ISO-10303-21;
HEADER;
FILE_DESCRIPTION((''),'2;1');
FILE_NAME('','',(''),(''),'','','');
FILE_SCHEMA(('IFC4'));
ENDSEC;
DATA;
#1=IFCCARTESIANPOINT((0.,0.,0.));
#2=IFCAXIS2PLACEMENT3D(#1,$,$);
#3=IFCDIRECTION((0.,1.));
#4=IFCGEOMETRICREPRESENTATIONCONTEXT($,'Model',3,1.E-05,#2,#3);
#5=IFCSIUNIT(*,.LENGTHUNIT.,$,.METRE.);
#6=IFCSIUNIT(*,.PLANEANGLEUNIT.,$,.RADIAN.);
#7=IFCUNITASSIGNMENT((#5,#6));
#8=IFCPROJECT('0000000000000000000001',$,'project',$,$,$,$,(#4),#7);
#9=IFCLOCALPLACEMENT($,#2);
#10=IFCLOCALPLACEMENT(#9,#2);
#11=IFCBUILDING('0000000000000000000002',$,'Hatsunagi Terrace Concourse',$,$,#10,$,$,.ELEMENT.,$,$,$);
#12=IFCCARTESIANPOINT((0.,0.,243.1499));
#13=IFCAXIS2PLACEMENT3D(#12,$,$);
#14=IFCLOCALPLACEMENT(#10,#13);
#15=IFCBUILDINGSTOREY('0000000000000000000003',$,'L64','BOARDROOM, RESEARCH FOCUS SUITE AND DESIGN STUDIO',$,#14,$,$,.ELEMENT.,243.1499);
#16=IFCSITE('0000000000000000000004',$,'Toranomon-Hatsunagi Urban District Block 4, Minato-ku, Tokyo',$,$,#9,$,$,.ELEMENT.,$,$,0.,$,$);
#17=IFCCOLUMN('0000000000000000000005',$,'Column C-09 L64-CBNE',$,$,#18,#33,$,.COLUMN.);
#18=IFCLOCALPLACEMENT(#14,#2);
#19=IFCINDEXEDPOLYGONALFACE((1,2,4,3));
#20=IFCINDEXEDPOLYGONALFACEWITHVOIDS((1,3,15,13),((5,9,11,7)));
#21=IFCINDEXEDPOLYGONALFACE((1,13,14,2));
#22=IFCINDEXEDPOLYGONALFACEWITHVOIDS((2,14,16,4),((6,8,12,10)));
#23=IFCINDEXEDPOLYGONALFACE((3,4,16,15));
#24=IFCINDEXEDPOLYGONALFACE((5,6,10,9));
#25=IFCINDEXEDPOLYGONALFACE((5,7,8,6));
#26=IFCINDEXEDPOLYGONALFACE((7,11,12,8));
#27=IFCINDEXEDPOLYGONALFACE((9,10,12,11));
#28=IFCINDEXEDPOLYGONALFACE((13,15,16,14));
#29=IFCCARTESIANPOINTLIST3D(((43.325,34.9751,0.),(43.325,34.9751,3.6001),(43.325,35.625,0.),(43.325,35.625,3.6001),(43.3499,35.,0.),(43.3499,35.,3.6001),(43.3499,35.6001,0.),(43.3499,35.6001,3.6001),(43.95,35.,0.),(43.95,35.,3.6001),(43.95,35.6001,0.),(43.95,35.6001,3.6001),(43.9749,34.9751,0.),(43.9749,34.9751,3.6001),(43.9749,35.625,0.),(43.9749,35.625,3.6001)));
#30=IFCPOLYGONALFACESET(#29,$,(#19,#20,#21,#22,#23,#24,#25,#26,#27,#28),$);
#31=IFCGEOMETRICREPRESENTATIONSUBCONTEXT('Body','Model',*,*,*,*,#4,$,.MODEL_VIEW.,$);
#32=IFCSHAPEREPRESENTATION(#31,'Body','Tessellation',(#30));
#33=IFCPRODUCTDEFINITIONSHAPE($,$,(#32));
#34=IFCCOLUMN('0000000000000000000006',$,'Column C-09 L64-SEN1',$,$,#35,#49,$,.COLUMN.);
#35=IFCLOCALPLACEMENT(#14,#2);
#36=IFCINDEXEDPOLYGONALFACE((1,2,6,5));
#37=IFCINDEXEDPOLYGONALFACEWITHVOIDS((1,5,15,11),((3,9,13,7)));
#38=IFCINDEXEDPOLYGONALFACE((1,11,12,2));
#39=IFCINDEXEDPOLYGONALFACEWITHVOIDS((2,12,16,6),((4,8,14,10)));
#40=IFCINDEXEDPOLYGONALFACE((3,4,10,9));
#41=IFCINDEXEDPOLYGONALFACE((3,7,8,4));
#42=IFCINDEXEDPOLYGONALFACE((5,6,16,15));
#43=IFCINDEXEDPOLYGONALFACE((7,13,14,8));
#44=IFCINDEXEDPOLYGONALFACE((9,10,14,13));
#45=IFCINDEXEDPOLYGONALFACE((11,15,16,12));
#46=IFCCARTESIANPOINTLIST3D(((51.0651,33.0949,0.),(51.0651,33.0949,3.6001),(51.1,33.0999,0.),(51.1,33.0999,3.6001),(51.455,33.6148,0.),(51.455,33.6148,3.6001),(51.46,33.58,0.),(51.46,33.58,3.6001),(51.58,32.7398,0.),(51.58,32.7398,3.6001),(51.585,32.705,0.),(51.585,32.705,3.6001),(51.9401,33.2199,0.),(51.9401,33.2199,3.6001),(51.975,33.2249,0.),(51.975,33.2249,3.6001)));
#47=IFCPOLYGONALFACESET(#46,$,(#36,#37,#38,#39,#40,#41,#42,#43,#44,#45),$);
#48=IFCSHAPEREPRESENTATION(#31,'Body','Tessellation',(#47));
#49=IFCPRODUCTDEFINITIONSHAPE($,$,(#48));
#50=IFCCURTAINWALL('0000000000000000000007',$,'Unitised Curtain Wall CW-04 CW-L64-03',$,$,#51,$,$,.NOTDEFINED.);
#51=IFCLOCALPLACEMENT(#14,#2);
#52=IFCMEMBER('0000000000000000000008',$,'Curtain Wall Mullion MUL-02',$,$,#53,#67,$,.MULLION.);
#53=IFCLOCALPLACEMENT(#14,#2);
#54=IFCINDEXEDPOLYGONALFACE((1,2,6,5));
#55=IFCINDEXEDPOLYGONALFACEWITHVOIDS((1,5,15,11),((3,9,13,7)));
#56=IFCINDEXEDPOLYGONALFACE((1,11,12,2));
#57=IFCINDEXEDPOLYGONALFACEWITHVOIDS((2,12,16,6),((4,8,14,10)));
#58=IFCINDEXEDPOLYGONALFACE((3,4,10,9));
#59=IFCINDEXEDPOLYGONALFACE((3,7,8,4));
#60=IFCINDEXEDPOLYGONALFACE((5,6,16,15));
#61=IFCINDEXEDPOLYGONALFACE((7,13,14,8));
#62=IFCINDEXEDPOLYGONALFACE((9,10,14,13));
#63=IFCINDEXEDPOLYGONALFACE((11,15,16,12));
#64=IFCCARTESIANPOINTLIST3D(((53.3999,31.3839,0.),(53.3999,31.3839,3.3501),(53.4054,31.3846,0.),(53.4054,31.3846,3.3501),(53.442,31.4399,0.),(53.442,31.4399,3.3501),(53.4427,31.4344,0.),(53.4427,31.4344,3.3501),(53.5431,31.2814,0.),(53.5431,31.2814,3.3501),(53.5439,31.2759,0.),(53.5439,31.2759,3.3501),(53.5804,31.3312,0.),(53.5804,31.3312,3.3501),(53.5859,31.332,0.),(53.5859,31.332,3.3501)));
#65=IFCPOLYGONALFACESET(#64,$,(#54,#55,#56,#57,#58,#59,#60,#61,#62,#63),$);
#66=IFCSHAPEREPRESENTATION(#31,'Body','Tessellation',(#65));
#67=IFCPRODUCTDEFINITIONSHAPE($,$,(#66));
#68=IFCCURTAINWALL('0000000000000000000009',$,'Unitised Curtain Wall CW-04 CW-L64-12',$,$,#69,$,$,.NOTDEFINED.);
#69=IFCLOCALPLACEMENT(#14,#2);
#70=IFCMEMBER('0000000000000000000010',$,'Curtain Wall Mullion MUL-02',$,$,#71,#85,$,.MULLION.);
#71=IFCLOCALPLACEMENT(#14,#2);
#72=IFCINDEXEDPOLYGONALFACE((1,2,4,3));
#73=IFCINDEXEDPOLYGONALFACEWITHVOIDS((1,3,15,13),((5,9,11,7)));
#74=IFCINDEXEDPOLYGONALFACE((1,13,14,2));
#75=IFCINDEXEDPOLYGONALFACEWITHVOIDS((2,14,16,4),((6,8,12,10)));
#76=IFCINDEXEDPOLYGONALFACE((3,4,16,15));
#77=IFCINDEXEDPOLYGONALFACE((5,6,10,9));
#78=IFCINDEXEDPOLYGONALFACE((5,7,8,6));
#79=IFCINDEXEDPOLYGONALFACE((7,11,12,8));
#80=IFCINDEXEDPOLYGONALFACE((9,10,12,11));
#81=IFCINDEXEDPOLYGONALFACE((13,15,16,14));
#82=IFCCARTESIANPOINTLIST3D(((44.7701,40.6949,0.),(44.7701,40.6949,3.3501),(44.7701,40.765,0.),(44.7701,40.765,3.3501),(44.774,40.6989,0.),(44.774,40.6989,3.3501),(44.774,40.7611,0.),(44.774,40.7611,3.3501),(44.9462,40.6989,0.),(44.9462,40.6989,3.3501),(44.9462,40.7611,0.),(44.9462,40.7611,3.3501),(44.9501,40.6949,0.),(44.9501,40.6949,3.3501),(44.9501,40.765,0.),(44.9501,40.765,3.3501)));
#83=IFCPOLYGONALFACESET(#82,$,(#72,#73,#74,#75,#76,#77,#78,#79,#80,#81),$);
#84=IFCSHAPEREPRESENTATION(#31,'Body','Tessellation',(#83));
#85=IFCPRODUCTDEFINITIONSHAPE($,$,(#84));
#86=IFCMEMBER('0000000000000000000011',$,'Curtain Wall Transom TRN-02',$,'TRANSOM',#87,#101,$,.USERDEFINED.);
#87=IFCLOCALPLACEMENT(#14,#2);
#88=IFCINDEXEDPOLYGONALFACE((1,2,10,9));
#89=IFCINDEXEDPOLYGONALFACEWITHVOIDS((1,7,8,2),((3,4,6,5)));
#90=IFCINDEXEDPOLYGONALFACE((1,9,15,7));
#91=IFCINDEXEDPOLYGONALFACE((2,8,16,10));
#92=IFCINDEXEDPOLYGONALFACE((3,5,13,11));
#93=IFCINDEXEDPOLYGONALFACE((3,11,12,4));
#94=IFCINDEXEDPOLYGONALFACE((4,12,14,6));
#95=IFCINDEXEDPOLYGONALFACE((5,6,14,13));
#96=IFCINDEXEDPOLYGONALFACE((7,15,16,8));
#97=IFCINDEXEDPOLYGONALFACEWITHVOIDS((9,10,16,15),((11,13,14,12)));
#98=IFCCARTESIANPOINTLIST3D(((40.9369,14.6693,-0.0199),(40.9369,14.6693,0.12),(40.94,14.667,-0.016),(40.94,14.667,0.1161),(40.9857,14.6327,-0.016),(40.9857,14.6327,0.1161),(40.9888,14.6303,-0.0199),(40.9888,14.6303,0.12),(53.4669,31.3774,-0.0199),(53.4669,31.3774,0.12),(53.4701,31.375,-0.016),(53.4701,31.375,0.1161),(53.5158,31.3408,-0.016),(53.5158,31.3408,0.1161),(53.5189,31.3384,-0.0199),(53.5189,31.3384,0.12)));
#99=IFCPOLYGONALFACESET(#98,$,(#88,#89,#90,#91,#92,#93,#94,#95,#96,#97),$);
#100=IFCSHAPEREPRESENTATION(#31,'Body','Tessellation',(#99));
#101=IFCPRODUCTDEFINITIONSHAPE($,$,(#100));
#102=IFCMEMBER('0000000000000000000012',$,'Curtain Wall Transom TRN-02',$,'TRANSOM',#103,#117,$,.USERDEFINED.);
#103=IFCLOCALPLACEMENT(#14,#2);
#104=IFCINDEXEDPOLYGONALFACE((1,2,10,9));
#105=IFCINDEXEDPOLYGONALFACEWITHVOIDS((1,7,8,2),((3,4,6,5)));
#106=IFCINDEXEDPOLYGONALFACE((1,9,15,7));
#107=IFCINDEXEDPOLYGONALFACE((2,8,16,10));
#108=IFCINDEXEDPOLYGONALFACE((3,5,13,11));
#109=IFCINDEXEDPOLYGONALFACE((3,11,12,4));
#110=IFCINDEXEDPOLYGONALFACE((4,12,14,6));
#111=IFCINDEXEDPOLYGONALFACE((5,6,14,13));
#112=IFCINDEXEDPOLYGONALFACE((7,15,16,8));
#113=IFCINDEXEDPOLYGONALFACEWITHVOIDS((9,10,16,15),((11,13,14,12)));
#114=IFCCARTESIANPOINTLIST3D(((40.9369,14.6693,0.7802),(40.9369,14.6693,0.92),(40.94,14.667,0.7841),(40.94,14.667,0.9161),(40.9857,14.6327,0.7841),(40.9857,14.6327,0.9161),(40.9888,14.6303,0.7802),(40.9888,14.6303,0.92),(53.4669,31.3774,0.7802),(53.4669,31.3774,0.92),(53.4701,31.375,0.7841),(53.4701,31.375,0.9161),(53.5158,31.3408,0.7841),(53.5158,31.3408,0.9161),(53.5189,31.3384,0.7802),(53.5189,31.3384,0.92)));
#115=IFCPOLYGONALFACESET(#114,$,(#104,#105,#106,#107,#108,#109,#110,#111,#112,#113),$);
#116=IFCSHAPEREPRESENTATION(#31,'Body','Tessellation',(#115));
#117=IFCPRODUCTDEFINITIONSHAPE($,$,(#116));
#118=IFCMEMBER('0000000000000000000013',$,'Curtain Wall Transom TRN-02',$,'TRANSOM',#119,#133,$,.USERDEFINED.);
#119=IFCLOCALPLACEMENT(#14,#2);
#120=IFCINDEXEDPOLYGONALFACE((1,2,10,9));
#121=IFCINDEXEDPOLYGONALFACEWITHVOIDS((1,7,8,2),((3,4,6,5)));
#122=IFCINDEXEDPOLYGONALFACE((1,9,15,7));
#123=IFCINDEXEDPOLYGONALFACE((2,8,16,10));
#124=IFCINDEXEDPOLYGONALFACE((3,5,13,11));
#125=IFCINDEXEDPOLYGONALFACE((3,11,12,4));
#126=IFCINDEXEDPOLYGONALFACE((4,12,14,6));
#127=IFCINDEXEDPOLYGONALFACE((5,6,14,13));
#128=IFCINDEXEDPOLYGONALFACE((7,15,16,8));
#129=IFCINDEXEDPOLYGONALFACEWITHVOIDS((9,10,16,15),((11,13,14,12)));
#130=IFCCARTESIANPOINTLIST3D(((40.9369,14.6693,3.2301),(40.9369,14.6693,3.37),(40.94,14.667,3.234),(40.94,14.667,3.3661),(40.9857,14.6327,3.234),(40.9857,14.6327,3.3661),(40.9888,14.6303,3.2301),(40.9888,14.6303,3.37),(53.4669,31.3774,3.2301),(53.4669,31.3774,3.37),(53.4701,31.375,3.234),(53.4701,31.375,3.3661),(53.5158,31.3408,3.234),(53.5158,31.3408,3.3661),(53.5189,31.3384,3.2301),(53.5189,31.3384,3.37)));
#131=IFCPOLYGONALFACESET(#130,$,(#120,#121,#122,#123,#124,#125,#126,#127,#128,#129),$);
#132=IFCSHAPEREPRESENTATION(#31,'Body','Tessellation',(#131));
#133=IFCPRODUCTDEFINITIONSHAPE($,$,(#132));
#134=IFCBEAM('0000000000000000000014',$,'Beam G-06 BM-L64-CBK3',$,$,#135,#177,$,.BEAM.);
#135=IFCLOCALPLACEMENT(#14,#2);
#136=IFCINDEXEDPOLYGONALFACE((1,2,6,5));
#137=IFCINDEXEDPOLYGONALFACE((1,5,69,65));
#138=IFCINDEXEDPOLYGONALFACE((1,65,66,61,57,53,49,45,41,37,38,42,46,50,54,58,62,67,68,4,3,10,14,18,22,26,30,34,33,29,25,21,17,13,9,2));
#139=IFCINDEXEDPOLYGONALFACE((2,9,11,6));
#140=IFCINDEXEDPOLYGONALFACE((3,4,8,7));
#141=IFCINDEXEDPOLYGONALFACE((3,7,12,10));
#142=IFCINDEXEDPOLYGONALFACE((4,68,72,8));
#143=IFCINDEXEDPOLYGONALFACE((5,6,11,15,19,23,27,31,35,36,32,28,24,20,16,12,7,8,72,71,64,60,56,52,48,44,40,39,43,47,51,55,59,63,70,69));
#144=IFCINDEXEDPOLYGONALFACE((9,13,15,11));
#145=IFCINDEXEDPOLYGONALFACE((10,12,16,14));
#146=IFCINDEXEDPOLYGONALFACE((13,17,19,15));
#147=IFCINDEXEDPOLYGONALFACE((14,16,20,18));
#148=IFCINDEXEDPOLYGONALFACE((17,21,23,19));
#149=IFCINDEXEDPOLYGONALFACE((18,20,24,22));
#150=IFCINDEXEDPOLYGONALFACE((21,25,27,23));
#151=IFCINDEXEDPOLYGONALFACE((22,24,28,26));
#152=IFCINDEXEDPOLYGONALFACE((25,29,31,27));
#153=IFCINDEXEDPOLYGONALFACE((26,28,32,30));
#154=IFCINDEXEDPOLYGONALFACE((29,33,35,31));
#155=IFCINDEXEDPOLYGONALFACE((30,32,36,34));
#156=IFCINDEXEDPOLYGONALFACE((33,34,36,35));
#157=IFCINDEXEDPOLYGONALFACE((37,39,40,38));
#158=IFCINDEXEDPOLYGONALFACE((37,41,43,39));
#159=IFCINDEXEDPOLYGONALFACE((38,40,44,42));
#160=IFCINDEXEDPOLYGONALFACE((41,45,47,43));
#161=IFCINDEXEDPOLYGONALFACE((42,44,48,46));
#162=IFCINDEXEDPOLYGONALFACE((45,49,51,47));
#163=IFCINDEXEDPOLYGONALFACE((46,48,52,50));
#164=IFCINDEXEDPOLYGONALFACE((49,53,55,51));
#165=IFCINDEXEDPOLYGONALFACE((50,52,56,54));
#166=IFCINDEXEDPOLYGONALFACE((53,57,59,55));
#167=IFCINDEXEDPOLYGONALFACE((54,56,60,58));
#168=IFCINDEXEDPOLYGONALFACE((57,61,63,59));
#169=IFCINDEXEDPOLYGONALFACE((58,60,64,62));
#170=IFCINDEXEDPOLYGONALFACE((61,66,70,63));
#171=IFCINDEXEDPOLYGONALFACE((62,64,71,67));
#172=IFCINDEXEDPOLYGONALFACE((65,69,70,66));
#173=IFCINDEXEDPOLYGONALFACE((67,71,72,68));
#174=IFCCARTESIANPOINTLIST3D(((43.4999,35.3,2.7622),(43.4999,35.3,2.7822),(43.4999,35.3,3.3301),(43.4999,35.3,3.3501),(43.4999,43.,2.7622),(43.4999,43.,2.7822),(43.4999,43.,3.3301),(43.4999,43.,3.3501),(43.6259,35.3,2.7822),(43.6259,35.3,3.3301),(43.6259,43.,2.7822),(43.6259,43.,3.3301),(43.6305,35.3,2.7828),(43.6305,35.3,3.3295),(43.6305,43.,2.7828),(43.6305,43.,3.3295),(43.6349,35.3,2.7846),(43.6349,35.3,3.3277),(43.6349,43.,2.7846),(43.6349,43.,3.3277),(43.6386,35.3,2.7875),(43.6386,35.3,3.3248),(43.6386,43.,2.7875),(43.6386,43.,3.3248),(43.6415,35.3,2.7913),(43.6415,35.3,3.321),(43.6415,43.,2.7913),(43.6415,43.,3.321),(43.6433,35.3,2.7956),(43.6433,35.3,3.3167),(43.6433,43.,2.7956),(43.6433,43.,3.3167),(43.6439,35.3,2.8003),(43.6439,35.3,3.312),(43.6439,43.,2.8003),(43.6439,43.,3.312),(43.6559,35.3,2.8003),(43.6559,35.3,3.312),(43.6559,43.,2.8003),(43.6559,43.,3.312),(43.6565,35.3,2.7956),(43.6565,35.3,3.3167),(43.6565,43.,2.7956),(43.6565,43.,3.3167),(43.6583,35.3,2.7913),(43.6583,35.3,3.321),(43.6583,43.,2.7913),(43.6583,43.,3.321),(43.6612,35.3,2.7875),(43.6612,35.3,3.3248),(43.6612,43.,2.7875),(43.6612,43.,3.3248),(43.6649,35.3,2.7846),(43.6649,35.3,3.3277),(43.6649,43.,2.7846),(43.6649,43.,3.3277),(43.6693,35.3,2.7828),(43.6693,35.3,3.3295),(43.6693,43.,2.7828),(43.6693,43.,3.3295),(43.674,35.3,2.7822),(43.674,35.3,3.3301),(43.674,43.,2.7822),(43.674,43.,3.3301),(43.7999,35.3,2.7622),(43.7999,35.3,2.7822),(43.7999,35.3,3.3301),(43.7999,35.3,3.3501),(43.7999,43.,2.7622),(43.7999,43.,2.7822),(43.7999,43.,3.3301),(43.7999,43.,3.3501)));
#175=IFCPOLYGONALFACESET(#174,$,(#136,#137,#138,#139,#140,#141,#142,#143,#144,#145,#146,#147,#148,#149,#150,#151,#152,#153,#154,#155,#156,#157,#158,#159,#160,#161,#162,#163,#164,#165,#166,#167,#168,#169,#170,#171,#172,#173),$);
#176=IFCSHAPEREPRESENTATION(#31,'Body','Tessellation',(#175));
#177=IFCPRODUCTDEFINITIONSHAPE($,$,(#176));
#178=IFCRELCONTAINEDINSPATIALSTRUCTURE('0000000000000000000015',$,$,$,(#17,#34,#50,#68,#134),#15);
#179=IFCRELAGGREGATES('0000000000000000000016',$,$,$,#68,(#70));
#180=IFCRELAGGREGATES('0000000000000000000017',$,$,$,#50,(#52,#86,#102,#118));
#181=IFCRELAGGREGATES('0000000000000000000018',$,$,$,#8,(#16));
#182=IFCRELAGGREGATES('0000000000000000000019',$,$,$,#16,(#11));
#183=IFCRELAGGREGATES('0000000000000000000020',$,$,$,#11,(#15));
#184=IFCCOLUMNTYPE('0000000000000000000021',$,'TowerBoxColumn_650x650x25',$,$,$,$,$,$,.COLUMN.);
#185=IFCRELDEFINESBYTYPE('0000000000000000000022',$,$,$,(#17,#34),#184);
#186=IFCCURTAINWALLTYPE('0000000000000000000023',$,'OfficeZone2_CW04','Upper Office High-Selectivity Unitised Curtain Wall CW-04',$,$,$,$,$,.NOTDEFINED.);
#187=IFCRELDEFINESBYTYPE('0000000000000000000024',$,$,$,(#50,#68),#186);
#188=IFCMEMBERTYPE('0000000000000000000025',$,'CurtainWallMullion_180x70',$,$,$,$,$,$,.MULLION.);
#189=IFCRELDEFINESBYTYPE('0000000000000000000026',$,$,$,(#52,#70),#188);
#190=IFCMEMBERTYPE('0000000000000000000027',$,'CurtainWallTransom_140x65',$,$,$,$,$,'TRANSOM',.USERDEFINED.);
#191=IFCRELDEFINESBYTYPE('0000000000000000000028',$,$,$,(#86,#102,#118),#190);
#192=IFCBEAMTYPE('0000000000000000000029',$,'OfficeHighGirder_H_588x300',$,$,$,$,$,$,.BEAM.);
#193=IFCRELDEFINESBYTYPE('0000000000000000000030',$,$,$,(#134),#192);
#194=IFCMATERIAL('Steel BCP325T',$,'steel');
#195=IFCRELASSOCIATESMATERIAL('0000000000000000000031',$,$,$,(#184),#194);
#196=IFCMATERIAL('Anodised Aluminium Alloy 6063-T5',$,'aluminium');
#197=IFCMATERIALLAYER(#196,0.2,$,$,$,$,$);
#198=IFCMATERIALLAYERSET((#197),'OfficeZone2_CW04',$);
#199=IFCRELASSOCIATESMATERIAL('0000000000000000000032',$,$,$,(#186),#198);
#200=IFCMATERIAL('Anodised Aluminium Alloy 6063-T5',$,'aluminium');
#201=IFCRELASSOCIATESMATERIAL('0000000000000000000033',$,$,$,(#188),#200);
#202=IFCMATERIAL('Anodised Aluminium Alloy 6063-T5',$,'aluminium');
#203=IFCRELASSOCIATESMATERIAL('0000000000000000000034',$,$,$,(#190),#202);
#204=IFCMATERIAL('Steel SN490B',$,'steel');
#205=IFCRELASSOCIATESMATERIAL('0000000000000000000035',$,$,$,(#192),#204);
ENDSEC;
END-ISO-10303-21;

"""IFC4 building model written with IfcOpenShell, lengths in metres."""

from ifc_helpers import new_model, si_unit, direction, frame, origin, origin_2d, place, context, subcontext, project, spatial, hollow_rectangle, i_section, extrude, material, layer, layer_set, material_profile, profile_set, type_object, element, aggregate, save


model = new_model("IFC4")

# Units and contexts
model_context = context("Model", 3, precision=1e-05, world=origin(), true_north=direction((0.0, 1.0)))
body_context = subcontext(model_context, "Body", "Model", "MODEL_VIEW")
ifc_project = project(units=[si_unit("LENGTHUNIT", "METRE"), si_unit("PLANEANGLEUNIT", "RADIAN")], contexts=[model_context])

# Site, building, storey
site_placement = place(None, origin())
site = spatial("IfcSite", under=ifc_project, at=site_placement, Name="Toranomon-Hatsunagi Urban District Block 4, Minato-ku, Tokyo", CompositionType="ELEMENT", RefElevation=0.0)
building_placement = place(site_placement, origin())
building = spatial("IfcBuilding", under=site, at=building_placement, Name="Hatsunagi Terrace Concourse", CompositionType="ELEMENT")
storey_placement = place(building_placement, frame((0.0, 0.0, 243.1499)))
storey = spatial("IfcBuildingStorey", under=building, at=storey_placement, Name="L64", Description="BOARDROOM, RESEARCH FOCUS SUITE AND DESIGN STUDIO", CompositionType="ELEMENT", Elevation=243.1499)

# Columns
ifc_material_1 = material(Name="Steel BCP325T", Category="steel")
ifc_material_profile_1 = material_profile(ifc_material_1, hollow_rectangle(XDim=0.6499, YDim=0.6499, WallThickness=0.0249, at=origin_2d()), Name="BCP-650x650x25")
ifc_profile_set_1 = profile_set([ifc_material_profile_1], Name="Steel BCP325T")
column_type = type_object("IfcColumnType", Name="TowerBoxColumn_650x650x25", PredefinedType="COLUMN", material=ifc_profile_set_1)
for number, where, z_axis, x_axis, name in (
    (1, (43.6499, 35.3, 0.0), (0.0, 0.0, 1.0), (1.0, 0.0, 0.0), "Column C-09 L64-CBNE"),
    (2, (51.52, 33.1599, 0.0), (0.0, 0.0, 1.0), (0.8, -0.6, 0.0), "Column C-09 L64-SEN1"),
):
    element("IfcColumn", number, at=place(storey_placement, frame(where, z_axis=z_axis, x_axis=x_axis)), inside=storey, type_object=column_type, Name=name, PredefinedType="COLUMN", context=body_context, shape_type="SweptSolid", body=[
        extrude(hollow_rectangle(XDim=0.6499, YDim=0.6499, WallThickness=0.0249, at=origin_2d()), origin(), (0.0, 0.0, 1.0), 3.6001),
    ])

# Curtain walls, members
ifc_material_2 = material(Name="Anodised Aluminium Alloy 6063-T5", Category="aluminium")
ifc_layer_1 = layer(ifc_material_2, 0.2)
ifc_layer_set_1 = layer_set([ifc_layer_1], Name="OfficeZone2_CW04")
curtain_wall_type = type_object("IfcCurtainWallType", Name="OfficeZone2_CW04", Description="Upper Office High-Selectivity Unitised Curtain Wall CW-04", PredefinedType="NOTDEFINED", material=ifc_layer_set_1)
curtain_wall_1_placement = place(storey_placement, origin())
curtain_wall_1 = element("IfcCurtainWall", 3, at=curtain_wall_1_placement, inside=storey, type_object=curtain_wall_type, Name="Unitised Curtain Wall CW-04 CW-L64-03", PredefinedType="NOTDEFINED")
ifc_material_3 = material(Name="Anodised Aluminium Alloy 6063-T5", Category="aluminium")
ifc_material_profile_2 = material_profile(ifc_material_3, hollow_rectangle(XDim=0.0701, YDim=0.1799, WallThickness=0.0039, at=origin_2d()), Name="ALU-MUL-180x70x4")
ifc_profile_set_2 = profile_set([ifc_material_profile_2], Name="Anodised Aluminium Alloy 6063-T5")
member_type_1 = type_object("IfcMemberType", Name="CurtainWallMullion_180x70", PredefinedType="MULLION", material=ifc_profile_set_2)
member_1_placement = place(storey_placement, frame((53.4929, 31.3579, 0.0), z_axis=(0.0, 0.0, 1.0), x_axis=(-0.599969, -0.800023, 0.0)))
member_1 = element("IfcMember", 4, at=member_1_placement, type_object=member_type_1, Name="Curtain Wall Mullion MUL-02", PredefinedType="MULLION", context=body_context, shape_type="SweptSolid", body=[
    extrude(hollow_rectangle(XDim=0.0701, YDim=0.1799, WallThickness=0.0039, at=origin_2d()), origin(), (0.0, 0.0, 1.0), 3.3501),
])
curtain_wall_2_placement = place(storey_placement, origin())
curtain_wall_2 = element("IfcCurtainWall", 5, at=curtain_wall_2_placement, inside=storey, type_object=curtain_wall_type, Name="Unitised Curtain Wall CW-04 CW-L64-12", PredefinedType="NOTDEFINED")
member_2_placement = place(storey_placement, frame((44.8601, 40.73, 0.0), z_axis=(0.0, 0.0, 1.0), x_axis=(0.0, -1.0, 0.0)))
member_2 = element("IfcMember", 6, at=member_2_placement, type_object=member_type_1, Name="Curtain Wall Mullion MUL-02", PredefinedType="MULLION", context=body_context, shape_type="SweptSolid", body=[
    extrude(hollow_rectangle(XDim=0.0701, YDim=0.1799, WallThickness=0.0039, at=origin_2d()), origin(), (0.0, 0.0, 1.0), 3.3501),
])
aggregate(curtain_wall_2, [member_2])

# Members
ifc_material_4 = material(Name="Anodised Aluminium Alloy 6063-T5", Category="aluminium")
ifc_material_profile_3 = material_profile(ifc_material_4, hollow_rectangle(XDim=0.0649, YDim=0.1399, WallThickness=0.0039, at=origin_2d()), Name="ALU-TRN-140x65x4")
ifc_profile_set_3 = profile_set([ifc_material_profile_3], Name="Anodised Aluminium Alloy 6063-T5")
member_type_2 = type_object("IfcMemberType", Name="CurtainWallTransom_140x65", ElementType="TRANSOM", PredefinedType="USERDEFINED", material=ifc_profile_set_3)
member_3_placement = place(storey_placement, frame((53.4929, 31.3579, 0.05), z_axis=(-0.59997, -0.800022, 0.0), x_axis=(0.800022, -0.59997, 0.0)))
member_3 = element("IfcMember", 7, at=member_3_placement, type_object=member_type_2, Name="Curtain Wall Transom TRN-02", ObjectType="TRANSOM", PredefinedType="USERDEFINED", context=body_context, shape_type="SweptSolid", body=[
    extrude(hollow_rectangle(XDim=0.0649, YDim=0.1399, WallThickness=0.0039, at=origin_2d()), origin(), (0.0, 0.0, 1.0), 20.8845),
])
member_4_placement = place(storey_placement, frame((53.4929, 31.3579, 0.8501), z_axis=(-0.59997, -0.800022, 0.0), x_axis=(0.800022, -0.59997, 0.0)))
member_4 = element("IfcMember", 8, at=member_4_placement, type_object=member_type_2, Name="Curtain Wall Transom TRN-02", ObjectType="TRANSOM", PredefinedType="USERDEFINED", context=body_context, shape_type="SweptSolid", body=[
    extrude(hollow_rectangle(XDim=0.0649, YDim=0.1399, WallThickness=0.0039, at=origin_2d()), origin(), (0.0, 0.0, 1.0), 20.8845),
])
member_5_placement = place(storey_placement, frame((53.4929, 31.3579, 3.3), z_axis=(-0.59997, -0.800022, 0.0), x_axis=(0.800022, -0.59997, 0.0)))
member_5 = element("IfcMember", 9, at=member_5_placement, type_object=member_type_2, Name="Curtain Wall Transom TRN-02", ObjectType="TRANSOM", PredefinedType="USERDEFINED", context=body_context, shape_type="SweptSolid", body=[
    extrude(hollow_rectangle(XDim=0.0649, YDim=0.1399, WallThickness=0.0039, at=origin_2d()), origin(), (0.0, 0.0, 1.0), 20.8845),
])

# Beam
ifc_material_5 = material(Name="Steel SN490B", Category="steel")
ifc_material_profile_4 = material_profile(ifc_material_5, i_section(OverallWidth=0.3, OverallDepth=0.5879, WebThickness=0.012, FlangeThickness=0.02, FilletRadius=0.0181, at=origin_2d()), Name="H-588x300x12x20")
ifc_profile_set_4 = profile_set([ifc_material_profile_4], Name="Steel SN490B")
beam_type_1 = type_object("IfcBeamType", Name="OfficeHighGirder_H_588x300", PredefinedType="BEAM", material=ifc_profile_set_4)
beam_1_placement = place(storey_placement, frame((43.6499, 35.3, 3.0562), z_axis=(0.0, 1.0, 0.0), x_axis=(-1.0, 0.0, 0.0)))
element("IfcBeam", 10, at=beam_1_placement, inside=storey, type_object=beam_type_1, Name="Beam G-06 BM-L64-CBK3", PredefinedType="BEAM", context=body_context, shape_type="SweptSolid", body=[
    extrude(i_section(OverallWidth=0.3, OverallDepth=0.5879, WebThickness=0.012, FlangeThickness=0.02, FilletRadius=0.0181, at=origin_2d()), origin(), (0.0, 0.0, 1.0), 7.7),
])

aggregate(curtain_wall_1, [member_1, member_3, member_4, member_5])

save(model, "model.ifc")
